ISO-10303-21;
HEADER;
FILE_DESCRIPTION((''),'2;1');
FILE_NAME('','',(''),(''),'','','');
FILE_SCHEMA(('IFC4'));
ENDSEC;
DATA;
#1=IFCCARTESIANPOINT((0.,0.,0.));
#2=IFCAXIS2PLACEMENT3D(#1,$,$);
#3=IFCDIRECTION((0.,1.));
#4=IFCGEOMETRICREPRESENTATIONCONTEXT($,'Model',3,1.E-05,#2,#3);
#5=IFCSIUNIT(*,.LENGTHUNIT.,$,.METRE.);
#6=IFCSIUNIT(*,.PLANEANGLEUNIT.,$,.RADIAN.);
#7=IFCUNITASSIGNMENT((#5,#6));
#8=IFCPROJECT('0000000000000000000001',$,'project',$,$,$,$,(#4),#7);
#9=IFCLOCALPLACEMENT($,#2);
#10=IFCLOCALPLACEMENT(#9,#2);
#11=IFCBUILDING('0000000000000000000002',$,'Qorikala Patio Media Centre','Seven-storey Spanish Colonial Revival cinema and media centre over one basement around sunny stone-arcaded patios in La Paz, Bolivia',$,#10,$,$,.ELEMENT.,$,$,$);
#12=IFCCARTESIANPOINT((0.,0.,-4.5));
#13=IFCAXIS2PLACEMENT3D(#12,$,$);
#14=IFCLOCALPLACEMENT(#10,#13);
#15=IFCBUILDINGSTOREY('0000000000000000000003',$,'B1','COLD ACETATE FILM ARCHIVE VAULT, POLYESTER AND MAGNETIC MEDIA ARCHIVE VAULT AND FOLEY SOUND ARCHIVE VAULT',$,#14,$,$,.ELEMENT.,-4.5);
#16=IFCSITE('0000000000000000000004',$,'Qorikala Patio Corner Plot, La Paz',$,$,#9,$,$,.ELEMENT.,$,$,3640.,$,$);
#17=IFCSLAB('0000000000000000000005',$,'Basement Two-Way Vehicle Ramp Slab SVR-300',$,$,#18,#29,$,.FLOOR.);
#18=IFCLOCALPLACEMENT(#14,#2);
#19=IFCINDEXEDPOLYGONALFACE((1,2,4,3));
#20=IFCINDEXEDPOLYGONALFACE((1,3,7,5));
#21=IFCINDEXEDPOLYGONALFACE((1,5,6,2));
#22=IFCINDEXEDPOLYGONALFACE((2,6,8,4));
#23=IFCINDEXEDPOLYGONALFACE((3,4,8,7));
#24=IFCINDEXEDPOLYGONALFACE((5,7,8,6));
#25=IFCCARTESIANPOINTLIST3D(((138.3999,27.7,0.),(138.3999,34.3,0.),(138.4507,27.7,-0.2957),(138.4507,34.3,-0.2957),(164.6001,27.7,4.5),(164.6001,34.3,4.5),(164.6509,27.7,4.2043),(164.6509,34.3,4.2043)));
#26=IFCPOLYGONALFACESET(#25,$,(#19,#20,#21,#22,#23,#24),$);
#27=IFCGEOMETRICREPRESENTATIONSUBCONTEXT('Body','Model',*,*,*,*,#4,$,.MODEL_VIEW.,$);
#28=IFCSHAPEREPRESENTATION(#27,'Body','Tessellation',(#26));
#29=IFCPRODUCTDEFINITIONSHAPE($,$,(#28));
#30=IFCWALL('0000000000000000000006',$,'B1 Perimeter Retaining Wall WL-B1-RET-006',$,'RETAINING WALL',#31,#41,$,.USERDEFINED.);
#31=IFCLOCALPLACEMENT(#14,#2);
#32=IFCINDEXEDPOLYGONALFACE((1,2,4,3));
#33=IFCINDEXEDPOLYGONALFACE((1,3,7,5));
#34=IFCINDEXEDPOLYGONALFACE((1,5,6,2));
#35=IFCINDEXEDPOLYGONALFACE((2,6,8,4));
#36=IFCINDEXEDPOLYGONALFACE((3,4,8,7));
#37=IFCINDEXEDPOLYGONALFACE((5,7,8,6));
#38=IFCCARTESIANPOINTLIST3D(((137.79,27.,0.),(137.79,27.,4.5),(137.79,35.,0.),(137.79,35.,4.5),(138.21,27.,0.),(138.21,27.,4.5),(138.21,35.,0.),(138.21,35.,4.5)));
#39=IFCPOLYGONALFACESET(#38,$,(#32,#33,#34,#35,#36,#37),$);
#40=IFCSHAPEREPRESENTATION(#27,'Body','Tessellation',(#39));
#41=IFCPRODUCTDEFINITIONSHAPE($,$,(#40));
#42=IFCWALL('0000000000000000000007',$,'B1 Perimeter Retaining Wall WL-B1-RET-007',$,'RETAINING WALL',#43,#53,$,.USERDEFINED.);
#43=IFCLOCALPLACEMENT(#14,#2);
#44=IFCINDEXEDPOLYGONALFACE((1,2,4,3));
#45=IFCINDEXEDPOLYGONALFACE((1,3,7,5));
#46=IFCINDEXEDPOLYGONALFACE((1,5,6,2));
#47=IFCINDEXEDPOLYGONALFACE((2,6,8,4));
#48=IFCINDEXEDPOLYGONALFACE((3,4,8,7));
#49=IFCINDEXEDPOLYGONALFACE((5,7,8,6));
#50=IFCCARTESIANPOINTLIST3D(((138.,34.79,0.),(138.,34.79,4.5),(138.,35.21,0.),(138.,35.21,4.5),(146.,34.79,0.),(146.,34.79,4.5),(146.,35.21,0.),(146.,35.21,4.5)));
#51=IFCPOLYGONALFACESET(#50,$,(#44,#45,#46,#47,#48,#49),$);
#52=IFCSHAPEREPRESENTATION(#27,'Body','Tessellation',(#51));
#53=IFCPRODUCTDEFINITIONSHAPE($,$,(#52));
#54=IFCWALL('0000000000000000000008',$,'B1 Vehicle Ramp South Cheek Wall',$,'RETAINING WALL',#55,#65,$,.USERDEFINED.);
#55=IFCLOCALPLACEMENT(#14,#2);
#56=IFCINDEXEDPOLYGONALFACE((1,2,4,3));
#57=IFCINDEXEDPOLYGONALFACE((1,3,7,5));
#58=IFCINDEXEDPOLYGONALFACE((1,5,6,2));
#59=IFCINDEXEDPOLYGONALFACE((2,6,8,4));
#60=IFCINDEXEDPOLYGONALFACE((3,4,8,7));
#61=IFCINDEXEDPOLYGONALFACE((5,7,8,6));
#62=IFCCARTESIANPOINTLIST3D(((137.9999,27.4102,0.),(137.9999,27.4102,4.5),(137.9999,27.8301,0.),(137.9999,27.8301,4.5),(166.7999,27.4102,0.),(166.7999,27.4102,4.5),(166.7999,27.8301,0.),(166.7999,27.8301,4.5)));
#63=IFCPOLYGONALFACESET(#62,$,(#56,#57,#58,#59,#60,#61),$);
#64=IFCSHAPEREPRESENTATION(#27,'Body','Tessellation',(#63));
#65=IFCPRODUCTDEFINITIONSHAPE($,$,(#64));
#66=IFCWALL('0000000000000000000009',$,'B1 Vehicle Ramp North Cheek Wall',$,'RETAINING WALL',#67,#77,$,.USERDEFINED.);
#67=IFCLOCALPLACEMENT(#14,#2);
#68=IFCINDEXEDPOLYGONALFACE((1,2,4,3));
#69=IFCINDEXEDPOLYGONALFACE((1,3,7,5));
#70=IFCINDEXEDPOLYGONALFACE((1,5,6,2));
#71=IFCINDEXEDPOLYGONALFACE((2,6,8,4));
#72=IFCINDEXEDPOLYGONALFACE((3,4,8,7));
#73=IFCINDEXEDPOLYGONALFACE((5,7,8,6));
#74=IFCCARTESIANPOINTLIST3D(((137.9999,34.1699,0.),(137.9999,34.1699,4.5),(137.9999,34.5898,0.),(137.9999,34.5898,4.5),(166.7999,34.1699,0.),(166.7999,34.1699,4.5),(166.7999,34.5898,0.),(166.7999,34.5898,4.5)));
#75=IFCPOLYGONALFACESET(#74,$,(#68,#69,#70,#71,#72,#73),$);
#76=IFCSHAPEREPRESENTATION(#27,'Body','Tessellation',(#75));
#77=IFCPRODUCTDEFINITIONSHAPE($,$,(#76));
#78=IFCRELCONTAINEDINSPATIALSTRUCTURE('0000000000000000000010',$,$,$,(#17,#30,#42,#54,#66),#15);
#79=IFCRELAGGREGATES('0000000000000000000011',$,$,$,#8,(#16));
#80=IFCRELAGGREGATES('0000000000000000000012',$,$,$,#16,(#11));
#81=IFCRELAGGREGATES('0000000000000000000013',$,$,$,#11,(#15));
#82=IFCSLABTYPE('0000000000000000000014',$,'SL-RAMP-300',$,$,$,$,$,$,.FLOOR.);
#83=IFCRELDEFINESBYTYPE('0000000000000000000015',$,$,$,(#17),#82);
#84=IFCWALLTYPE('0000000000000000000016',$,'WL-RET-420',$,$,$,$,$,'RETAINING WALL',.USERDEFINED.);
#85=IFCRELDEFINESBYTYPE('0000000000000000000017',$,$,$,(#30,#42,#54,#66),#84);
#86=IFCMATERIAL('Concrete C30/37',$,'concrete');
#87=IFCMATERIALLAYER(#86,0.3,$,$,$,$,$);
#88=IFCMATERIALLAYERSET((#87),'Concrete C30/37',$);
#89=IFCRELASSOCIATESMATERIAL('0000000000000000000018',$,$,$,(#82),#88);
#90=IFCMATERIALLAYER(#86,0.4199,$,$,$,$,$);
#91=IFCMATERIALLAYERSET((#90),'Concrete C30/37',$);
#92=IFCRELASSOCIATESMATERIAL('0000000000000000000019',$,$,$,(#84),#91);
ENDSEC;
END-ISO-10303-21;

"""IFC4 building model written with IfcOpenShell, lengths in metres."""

from ifc_helpers import new_model, si_unit, direction, frame, frame_2d, origin, place, context, subcontext, project, spatial, polyline, rectangle, outline, extrude, material, layer, layer_set, type_object, element, save


model = new_model("IFC4")

# Units and contexts
model_context = context("Model", 3, precision=1e-05, world=origin(), true_north=direction((0.0, 1.0)))
body_context = subcontext(model_context, "Body", "Model", "MODEL_VIEW")
ifc_project = project(units=[si_unit("LENGTHUNIT", "METRE"), si_unit("PLANEANGLEUNIT", "RADIAN")], contexts=[model_context])

# Site, building, storey
site_placement = place(None, origin())
site = spatial("IfcSite", under=ifc_project, at=site_placement, Name="Qorikala Patio Corner Plot, La Paz", CompositionType="ELEMENT", RefElevation=3640.0)
building_placement = place(site_placement, origin())
building = spatial("IfcBuilding", under=site, at=building_placement, Name="Qorikala Patio Media Centre", Description="Seven-storey Spanish Colonial Revival cinema and media centre over one basement around sunny stone-arcaded patios in La Paz, Bolivia", CompositionType="ELEMENT")
storey_placement = place(building_placement, frame((0.0, 0.0, -4.5)))
storey = spatial("IfcBuildingStorey", under=building, at=storey_placement, Name="B1", Description="COLD ACETATE FILM ARCHIVE VAULT, POLYESTER AND MAGNETIC MEDIA ARCHIVE VAULT AND FOLEY SOUND ARCHIVE VAULT", CompositionType="ELEMENT", Elevation=-4.5)

# Shared definitions
ifc_material_1 = material(Name="Concrete C30/37", Category="concrete")

# Slab
ifc_layer_1 = layer(ifc_material_1, 0.3)
ifc_layer_set_1 = layer_set([ifc_layer_1], Name="Concrete C30/37")
slab_type = type_object("IfcSlabType", Name="SL-RAMP-300", PredefinedType="FLOOR", material=ifc_layer_set_1)
slab_placement = place(storey_placement, frame((138.3999, 27.7, 0.0), z_axis=(-0.169276, 0.0, 0.985569), x_axis=(0.985569, 0.0, 0.169276)))
element("IfcSlab", 1, at=slab_placement, inside=storey, type_object=slab_type, Name="Basement Two-Way Vehicle Ramp Slab SVR-300", PredefinedType="FLOOR", context=body_context, shape_type="SweptSolid", body=[
    extrude(outline(polyline([(0.0, 0.0), (26.5838, 0.0), (26.5838, 6.6001), (0.0, 6.6001), (0.0, 0.0)])), origin(), (0.0, 0.0, -1.0), 0.3),
])

# Walls
ifc_layer_2 = layer(ifc_material_1, 0.4199)
ifc_layer_set_2 = layer_set([ifc_layer_2], Name="Concrete C30/37")
wall_type = type_object("IfcWallType", Name="WL-RET-420", ElementType="RETAINING WALL", PredefinedType="USERDEFINED", material=ifc_layer_set_2)
for number, where, z_axis, x_axis, name in (
    (2, (138.0, 27.0, 0.0), (0.0, 0.0, 1.0), (0.0, 1.0, 0.0), "B1 Perimeter Retaining Wall WL-B1-RET-006"),
    (3, (138.0, 35.0, 0.0), (0.0, 0.0, 1.0), (1.0, 0.0, 0.0), "B1 Perimeter Retaining Wall WL-B1-RET-007"),
):
    element("IfcWall", number, at=place(storey_placement, frame(where, z_axis=z_axis, x_axis=x_axis)), inside=storey, type_object=wall_type, Name=name, ObjectType="RETAINING WALL", PredefinedType="USERDEFINED", context=body_context, shape_type="SweptSolid", body=[
        extrude(rectangle(XDim=8.0, YDim=0.4199, at=frame_2d((4.0, 0.0))), origin(), (0.0, 0.0, 1.0), 4.5),
    ])
for number, where, z_axis, x_axis, name in (
    (4, (138.0, 27.6201, 0.0), (0.0, 0.0, 1.0), (1.0, 0.0, 0.0), "B1 Vehicle Ramp South Cheek Wall"),
    (5, (138.0, 34.3799, 0.0), (0.0, 0.0, 1.0), (1.0, 0.0, 0.0), "B1 Vehicle Ramp North Cheek Wall"),
):
    element("IfcWall", number, at=place(storey_placement, frame(where, z_axis=z_axis, x_axis=x_axis)), inside=storey, type_object=wall_type, Name=name, ObjectType="RETAINING WALL", PredefinedType="USERDEFINED", context=body_context, shape_type="SweptSolid", body=[
        extrude(rectangle(XDim=28.8, YDim=0.4199, at=frame_2d((14.3999, 0.0))), origin(), (0.0, 0.0, 1.0), 4.5),
    ])

save(model, "model.ifc")
